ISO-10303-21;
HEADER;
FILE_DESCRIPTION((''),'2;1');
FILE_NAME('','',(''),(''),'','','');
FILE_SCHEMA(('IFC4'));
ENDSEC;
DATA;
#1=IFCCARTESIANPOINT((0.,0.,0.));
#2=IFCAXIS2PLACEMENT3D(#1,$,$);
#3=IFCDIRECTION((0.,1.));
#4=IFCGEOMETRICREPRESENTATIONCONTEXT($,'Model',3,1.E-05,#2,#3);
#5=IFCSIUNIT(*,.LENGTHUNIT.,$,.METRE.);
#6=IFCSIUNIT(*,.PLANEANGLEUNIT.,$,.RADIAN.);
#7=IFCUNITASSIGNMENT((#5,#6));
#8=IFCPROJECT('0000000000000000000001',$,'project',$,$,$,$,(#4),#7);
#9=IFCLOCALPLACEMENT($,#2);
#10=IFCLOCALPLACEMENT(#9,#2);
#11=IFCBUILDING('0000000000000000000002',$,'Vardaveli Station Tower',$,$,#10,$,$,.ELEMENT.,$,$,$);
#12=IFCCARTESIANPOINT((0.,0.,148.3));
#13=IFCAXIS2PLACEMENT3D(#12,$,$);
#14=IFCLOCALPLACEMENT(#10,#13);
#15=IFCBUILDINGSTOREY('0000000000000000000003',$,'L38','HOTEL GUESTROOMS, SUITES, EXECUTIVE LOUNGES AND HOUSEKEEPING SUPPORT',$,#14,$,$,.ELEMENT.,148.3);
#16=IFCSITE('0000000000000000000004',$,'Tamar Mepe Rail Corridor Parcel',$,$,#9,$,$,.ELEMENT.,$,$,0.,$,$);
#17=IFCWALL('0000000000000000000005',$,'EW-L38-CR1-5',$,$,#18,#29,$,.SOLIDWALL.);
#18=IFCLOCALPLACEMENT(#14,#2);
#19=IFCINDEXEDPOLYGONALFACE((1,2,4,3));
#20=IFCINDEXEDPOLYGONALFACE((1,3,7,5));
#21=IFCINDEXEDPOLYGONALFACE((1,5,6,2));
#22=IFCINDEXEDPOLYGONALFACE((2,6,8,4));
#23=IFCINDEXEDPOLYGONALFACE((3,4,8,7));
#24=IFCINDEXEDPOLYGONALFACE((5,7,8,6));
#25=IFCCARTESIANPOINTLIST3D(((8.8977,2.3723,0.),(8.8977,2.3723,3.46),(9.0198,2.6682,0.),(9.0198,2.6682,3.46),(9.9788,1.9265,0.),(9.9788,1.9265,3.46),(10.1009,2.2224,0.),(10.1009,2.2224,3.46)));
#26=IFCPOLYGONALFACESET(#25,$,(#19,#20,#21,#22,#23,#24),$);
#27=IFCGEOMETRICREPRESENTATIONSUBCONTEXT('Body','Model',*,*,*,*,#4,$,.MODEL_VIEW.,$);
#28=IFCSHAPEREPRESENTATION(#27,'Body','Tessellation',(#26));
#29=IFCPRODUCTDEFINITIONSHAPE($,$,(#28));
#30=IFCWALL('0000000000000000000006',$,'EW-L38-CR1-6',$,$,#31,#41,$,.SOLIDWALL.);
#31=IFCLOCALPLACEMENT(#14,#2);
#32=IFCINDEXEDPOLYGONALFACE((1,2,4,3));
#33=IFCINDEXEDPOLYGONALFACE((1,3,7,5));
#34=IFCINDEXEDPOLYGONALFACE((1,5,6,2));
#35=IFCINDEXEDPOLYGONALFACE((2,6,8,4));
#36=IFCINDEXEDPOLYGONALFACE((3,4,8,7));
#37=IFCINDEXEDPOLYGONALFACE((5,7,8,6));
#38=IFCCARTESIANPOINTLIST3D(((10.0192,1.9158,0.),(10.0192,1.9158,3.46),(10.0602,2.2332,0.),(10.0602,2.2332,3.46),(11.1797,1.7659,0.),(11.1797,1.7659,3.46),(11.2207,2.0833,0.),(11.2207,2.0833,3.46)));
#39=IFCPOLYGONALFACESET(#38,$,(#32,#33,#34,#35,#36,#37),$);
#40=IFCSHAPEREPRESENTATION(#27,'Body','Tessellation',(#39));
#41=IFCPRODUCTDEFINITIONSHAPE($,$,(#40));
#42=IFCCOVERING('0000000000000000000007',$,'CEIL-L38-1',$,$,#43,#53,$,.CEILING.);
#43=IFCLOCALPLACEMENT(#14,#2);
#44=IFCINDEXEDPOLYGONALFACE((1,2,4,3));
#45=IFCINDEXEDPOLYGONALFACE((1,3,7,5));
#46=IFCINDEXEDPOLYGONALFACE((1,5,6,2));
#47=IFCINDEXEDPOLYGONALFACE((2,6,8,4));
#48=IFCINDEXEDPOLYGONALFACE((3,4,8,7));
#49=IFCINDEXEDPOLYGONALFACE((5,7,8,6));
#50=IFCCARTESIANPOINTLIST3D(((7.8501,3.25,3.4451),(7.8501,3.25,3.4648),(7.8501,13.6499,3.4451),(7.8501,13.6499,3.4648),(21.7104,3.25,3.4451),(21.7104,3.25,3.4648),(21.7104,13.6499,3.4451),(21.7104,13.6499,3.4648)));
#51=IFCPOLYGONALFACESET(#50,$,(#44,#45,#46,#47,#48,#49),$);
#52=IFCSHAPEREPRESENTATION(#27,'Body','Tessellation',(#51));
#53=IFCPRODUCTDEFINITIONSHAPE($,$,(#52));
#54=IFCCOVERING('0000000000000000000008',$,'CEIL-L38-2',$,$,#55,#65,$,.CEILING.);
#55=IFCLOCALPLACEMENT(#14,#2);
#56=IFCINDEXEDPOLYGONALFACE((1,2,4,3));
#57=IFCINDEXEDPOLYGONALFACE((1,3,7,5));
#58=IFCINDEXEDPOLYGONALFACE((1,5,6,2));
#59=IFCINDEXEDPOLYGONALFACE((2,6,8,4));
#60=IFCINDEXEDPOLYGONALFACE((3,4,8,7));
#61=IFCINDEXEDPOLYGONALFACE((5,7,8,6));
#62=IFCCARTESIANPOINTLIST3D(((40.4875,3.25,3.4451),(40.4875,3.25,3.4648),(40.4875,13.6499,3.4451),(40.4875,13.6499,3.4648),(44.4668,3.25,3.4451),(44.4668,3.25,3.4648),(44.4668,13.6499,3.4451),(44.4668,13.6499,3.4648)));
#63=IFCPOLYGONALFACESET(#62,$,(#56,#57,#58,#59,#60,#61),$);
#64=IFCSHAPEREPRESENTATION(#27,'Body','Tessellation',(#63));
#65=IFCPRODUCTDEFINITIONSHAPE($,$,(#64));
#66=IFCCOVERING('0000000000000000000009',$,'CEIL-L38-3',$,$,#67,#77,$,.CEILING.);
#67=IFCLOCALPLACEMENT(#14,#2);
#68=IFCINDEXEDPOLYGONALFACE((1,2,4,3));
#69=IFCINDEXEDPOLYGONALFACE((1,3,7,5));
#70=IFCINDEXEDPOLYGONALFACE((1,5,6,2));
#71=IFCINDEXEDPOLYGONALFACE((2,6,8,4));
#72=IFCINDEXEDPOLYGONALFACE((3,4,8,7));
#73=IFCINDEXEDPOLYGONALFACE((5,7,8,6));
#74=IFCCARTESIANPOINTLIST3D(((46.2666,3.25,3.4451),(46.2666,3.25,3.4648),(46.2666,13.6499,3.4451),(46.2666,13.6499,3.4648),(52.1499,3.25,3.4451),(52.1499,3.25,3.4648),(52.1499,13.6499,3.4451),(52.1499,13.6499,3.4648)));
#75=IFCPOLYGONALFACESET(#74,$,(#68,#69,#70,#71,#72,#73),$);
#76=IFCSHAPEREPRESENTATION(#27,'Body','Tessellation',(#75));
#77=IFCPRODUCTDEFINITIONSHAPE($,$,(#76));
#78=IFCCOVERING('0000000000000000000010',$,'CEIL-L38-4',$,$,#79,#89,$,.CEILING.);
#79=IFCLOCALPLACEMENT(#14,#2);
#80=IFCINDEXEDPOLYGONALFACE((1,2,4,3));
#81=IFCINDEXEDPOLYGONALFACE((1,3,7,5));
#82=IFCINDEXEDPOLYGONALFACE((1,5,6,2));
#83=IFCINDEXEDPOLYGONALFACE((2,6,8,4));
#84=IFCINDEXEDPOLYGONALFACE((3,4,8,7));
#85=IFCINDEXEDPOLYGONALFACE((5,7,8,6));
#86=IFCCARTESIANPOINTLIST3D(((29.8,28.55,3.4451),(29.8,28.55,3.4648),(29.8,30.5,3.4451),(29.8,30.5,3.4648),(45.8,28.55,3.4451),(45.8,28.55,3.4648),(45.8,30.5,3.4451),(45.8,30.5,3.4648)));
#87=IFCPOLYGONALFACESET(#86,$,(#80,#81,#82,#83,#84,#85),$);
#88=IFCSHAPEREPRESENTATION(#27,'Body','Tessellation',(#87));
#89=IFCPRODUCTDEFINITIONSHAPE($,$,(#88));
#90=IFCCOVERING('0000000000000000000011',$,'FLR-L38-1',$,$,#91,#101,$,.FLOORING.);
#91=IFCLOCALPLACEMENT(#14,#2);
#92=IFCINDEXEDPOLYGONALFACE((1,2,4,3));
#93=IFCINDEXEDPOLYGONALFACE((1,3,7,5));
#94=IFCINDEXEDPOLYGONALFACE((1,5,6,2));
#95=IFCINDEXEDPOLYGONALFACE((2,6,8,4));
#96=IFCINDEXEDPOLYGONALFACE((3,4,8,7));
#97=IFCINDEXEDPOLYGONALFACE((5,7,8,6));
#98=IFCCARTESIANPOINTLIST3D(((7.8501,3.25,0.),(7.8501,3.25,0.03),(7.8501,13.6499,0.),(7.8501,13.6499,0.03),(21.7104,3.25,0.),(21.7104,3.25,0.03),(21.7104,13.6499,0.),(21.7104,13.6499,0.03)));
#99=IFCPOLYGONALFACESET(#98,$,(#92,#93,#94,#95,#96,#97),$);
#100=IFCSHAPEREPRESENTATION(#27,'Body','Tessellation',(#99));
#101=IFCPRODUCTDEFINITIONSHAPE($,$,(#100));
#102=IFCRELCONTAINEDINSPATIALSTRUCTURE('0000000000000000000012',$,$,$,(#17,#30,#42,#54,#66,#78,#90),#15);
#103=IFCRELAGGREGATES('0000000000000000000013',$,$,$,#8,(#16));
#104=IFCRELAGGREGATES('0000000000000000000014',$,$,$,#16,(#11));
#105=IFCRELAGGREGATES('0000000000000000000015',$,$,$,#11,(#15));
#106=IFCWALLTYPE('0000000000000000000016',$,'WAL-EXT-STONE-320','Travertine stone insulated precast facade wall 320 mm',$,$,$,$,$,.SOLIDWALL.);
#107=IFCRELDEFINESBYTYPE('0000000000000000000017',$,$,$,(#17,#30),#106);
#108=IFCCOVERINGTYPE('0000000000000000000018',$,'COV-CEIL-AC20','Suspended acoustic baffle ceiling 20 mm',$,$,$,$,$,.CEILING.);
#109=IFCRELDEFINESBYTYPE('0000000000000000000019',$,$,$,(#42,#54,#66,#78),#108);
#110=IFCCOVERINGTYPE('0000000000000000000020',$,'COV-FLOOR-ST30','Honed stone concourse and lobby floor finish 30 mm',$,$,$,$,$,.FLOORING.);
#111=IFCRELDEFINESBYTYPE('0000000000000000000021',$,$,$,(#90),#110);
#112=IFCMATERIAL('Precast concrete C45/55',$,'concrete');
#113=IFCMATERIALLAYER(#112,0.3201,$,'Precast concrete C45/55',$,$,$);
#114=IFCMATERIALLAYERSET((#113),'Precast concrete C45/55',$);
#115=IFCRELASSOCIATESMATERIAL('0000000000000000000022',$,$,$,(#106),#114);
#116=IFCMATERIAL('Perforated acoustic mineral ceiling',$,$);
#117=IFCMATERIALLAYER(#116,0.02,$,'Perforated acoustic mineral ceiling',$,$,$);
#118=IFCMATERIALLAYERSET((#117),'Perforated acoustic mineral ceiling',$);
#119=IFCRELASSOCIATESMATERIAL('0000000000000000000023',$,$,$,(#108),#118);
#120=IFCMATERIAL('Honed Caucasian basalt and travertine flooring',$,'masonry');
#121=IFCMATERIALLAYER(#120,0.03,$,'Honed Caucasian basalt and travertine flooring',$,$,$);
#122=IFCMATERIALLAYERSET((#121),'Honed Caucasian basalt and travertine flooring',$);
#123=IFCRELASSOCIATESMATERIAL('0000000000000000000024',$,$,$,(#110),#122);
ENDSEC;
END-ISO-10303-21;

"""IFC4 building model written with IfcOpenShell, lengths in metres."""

from ifc_helpers import new_model, si_unit, direction, frame, frame_2d, origin, place, context, subcontext, project, spatial, polyline, rectangle, outline, extrude, source, transform, mapped, material, layer, layer_set, type_object, element, save


model = new_model("IFC4")

# Units and contexts
model_context = context("Model", 3, precision=1e-05, world=origin(), true_north=direction((0.0, 1.0)))
body_context = subcontext(model_context, "Body", "Model", "MODEL_VIEW")
ifc_project = project(units=[si_unit("LENGTHUNIT", "METRE"), si_unit("PLANEANGLEUNIT", "RADIAN")], contexts=[model_context])

# Site, building, storey
site_placement = place(None, origin())
site = spatial("IfcSite", under=ifc_project, at=site_placement, Name="Tamar Mepe Rail Corridor Parcel", CompositionType="ELEMENT", RefElevation=0.0)
building_placement = place(site_placement, origin())
building = spatial("IfcBuilding", under=site, at=building_placement, Name="Vardaveli Station Tower", CompositionType="ELEMENT")
storey_placement = place(building_placement, frame((0.0, 0.0, 148.3)))
storey = spatial("IfcBuildingStorey", under=building, at=storey_placement, Name="L38", Description="HOTEL GUESTROOMS, SUITES, EXECUTIVE LOUNGES AND HOUSEKEEPING SUPPORT", CompositionType="ELEMENT", Elevation=148.3)

# Shared definitions
ifc_material_1 = material(Name="Precast concrete C45/55", Category="concrete")

# Shared definitions
ifc_layer_1 = layer(ifc_material_1, 0.3201, Name="Precast concrete C45/55")
ifc_layer_set_1 = layer_set([ifc_layer_1], Name="Precast concrete C45/55")
wall_type = type_object("IfcWallType", Name="WAL-EXT-STONE-320", Description="Travertine stone insulated precast facade wall 320 mm", PredefinedType="SOLIDWALL", material=ifc_layer_set_1)

# Walls
shared_shape_1 = source(origin(), body_context, "Body", "SweptSolid", [
    extrude(rectangle(XDim=1.1694, YDim=0.3201, at=frame_2d((0.5847, 0.0))), origin(), (0.0, 0.0, 1.0), 3.46),
])
wall_1_placement = place(storey_placement, frame((8.9587, 2.5203, 0.0), z_axis=(0.0, 0.0, 1.0), x_axis=(0.924479, -0.381233, 0.0)))
element("IfcWall", 1, at=wall_1_placement, inside=storey, type_object=wall_type, Name="EW-L38-CR1-5", PredefinedType="SOLIDWALL", context=body_context, shape_type="MappedRepresentation", body=[
    mapped(shared_shape_1, transform((0.0, 0.0, 0.0), scale=1.0)),
])
shared_shape_2 = source(origin(), body_context, "Body", "SweptSolid", [
    extrude(rectangle(XDim=1.1702, YDim=0.3201, at=frame_2d((0.585, 0.0))), origin(), (0.0, 0.0, 1.0), 3.46),
])
wall_2_placement = place(storey_placement, frame((10.0398, 2.0745, 0.0), z_axis=(0.0, 0.0, 1.0), x_axis=(0.991762, -0.12809, 0.0)))
element("IfcWall", 2, at=wall_2_placement, inside=storey, type_object=wall_type, Name="EW-L38-CR1-6", PredefinedType="SOLIDWALL", context=body_context, shape_type="MappedRepresentation", body=[
    mapped(shared_shape_2, transform((0.0, 0.0, 0.0), scale=1.0)),
])

# Coverings
ifc_material_2 = material(Name="Perforated acoustic mineral ceiling")
ifc_layer_2 = layer(ifc_material_2, 0.02, Name="Perforated acoustic mineral ceiling")
ifc_layer_set_2 = layer_set([ifc_layer_2], Name="Perforated acoustic mineral ceiling")
covering_type_1 = type_object("IfcCoveringType", Name="COV-CEIL-AC20", Description="Suspended acoustic baffle ceiling 20 mm", PredefinedType="CEILING", material=ifc_layer_set_2)
covering_1_placement = place(storey_placement, frame((0.0, 0.0, 3.4451)))
element("IfcCovering", 3, at=covering_1_placement, inside=storey, type_object=covering_type_1, Name="CEIL-L38-1", PredefinedType="CEILING", context=body_context, shape_type="SweptSolid", body=[
    extrude(outline(polyline([(7.8501, 3.25), (21.7104, 3.25), (21.7104, 13.6499), (7.8501, 13.6499), (7.8501, 3.25)])), origin(), (0.0, 0.0, 1.0), 0.0198),
])
covering_2_placement = place(storey_placement, frame((0.0, 0.0, 3.4451)))
element("IfcCovering", 4, at=covering_2_placement, inside=storey, type_object=covering_type_1, Name="CEIL-L38-2", PredefinedType="CEILING", context=body_context, shape_type="SweptSolid", body=[
    extrude(outline(polyline([(40.4875, 3.25), (44.4668, 3.25), (44.4668, 13.6499), (40.4875, 13.6499), (40.4875, 3.25)])), origin(), (0.0, 0.0, 1.0), 0.0198),
])
covering_3_placement = place(storey_placement, frame((0.0, 0.0, 3.4451)))
element("IfcCovering", 5, at=covering_3_placement, inside=storey, type_object=covering_type_1, Name="CEIL-L38-3", PredefinedType="CEILING", context=body_context, shape_type="SweptSolid", body=[
    extrude(outline(polyline([(46.2666, 3.25), (52.1499, 3.25), (52.1499, 13.6499), (46.2666, 13.6499), (46.2666, 3.25)])), origin(), (0.0, 0.0, 1.0), 0.0198),
])
covering_4_placement = place(storey_placement, frame((0.0, 0.0, 3.4451)))
element("IfcCovering", 6, at=covering_4_placement, inside=storey, type_object=covering_type_1, Name="CEIL-L38-4", PredefinedType="CEILING", context=body_context, shape_type="SweptSolid", body=[
    extrude(outline(polyline([(29.8, 28.55), (45.8, 28.55), (45.8, 30.5), (29.8, 30.5), (29.8, 28.55)])), origin(), (0.0, 0.0, 1.0), 0.0198),
])
ifc_material_3 = material(Name="Honed Caucasian basalt and travertine flooring", Category="masonry")
ifc_layer_3 = layer(ifc_material_3, 0.03, Name="Honed Caucasian basalt and travertine flooring")
ifc_layer_set_3 = layer_set([ifc_layer_3], Name="Honed Caucasian basalt and travertine flooring")
covering_type_2 = type_object("IfcCoveringType", Name="COV-FLOOR-ST30", Description="Honed stone concourse and lobby floor finish 30 mm", PredefinedType="FLOORING", material=ifc_layer_set_3)
covering_5_placement = place(storey_placement, origin())
element("IfcCovering", 7, at=covering_5_placement, inside=storey, type_object=covering_type_2, Name="FLR-L38-1", PredefinedType="FLOORING", context=body_context, shape_type="SweptSolid", body=[
    extrude(outline(polyline([(7.8501, 3.25), (21.7104, 3.25), (21.7104, 13.6499), (7.8501, 13.6499), (7.8501, 3.25)])), origin(), (0.0, 0.0, 1.0), 0.03),
])

save(model, "model.ifc")
